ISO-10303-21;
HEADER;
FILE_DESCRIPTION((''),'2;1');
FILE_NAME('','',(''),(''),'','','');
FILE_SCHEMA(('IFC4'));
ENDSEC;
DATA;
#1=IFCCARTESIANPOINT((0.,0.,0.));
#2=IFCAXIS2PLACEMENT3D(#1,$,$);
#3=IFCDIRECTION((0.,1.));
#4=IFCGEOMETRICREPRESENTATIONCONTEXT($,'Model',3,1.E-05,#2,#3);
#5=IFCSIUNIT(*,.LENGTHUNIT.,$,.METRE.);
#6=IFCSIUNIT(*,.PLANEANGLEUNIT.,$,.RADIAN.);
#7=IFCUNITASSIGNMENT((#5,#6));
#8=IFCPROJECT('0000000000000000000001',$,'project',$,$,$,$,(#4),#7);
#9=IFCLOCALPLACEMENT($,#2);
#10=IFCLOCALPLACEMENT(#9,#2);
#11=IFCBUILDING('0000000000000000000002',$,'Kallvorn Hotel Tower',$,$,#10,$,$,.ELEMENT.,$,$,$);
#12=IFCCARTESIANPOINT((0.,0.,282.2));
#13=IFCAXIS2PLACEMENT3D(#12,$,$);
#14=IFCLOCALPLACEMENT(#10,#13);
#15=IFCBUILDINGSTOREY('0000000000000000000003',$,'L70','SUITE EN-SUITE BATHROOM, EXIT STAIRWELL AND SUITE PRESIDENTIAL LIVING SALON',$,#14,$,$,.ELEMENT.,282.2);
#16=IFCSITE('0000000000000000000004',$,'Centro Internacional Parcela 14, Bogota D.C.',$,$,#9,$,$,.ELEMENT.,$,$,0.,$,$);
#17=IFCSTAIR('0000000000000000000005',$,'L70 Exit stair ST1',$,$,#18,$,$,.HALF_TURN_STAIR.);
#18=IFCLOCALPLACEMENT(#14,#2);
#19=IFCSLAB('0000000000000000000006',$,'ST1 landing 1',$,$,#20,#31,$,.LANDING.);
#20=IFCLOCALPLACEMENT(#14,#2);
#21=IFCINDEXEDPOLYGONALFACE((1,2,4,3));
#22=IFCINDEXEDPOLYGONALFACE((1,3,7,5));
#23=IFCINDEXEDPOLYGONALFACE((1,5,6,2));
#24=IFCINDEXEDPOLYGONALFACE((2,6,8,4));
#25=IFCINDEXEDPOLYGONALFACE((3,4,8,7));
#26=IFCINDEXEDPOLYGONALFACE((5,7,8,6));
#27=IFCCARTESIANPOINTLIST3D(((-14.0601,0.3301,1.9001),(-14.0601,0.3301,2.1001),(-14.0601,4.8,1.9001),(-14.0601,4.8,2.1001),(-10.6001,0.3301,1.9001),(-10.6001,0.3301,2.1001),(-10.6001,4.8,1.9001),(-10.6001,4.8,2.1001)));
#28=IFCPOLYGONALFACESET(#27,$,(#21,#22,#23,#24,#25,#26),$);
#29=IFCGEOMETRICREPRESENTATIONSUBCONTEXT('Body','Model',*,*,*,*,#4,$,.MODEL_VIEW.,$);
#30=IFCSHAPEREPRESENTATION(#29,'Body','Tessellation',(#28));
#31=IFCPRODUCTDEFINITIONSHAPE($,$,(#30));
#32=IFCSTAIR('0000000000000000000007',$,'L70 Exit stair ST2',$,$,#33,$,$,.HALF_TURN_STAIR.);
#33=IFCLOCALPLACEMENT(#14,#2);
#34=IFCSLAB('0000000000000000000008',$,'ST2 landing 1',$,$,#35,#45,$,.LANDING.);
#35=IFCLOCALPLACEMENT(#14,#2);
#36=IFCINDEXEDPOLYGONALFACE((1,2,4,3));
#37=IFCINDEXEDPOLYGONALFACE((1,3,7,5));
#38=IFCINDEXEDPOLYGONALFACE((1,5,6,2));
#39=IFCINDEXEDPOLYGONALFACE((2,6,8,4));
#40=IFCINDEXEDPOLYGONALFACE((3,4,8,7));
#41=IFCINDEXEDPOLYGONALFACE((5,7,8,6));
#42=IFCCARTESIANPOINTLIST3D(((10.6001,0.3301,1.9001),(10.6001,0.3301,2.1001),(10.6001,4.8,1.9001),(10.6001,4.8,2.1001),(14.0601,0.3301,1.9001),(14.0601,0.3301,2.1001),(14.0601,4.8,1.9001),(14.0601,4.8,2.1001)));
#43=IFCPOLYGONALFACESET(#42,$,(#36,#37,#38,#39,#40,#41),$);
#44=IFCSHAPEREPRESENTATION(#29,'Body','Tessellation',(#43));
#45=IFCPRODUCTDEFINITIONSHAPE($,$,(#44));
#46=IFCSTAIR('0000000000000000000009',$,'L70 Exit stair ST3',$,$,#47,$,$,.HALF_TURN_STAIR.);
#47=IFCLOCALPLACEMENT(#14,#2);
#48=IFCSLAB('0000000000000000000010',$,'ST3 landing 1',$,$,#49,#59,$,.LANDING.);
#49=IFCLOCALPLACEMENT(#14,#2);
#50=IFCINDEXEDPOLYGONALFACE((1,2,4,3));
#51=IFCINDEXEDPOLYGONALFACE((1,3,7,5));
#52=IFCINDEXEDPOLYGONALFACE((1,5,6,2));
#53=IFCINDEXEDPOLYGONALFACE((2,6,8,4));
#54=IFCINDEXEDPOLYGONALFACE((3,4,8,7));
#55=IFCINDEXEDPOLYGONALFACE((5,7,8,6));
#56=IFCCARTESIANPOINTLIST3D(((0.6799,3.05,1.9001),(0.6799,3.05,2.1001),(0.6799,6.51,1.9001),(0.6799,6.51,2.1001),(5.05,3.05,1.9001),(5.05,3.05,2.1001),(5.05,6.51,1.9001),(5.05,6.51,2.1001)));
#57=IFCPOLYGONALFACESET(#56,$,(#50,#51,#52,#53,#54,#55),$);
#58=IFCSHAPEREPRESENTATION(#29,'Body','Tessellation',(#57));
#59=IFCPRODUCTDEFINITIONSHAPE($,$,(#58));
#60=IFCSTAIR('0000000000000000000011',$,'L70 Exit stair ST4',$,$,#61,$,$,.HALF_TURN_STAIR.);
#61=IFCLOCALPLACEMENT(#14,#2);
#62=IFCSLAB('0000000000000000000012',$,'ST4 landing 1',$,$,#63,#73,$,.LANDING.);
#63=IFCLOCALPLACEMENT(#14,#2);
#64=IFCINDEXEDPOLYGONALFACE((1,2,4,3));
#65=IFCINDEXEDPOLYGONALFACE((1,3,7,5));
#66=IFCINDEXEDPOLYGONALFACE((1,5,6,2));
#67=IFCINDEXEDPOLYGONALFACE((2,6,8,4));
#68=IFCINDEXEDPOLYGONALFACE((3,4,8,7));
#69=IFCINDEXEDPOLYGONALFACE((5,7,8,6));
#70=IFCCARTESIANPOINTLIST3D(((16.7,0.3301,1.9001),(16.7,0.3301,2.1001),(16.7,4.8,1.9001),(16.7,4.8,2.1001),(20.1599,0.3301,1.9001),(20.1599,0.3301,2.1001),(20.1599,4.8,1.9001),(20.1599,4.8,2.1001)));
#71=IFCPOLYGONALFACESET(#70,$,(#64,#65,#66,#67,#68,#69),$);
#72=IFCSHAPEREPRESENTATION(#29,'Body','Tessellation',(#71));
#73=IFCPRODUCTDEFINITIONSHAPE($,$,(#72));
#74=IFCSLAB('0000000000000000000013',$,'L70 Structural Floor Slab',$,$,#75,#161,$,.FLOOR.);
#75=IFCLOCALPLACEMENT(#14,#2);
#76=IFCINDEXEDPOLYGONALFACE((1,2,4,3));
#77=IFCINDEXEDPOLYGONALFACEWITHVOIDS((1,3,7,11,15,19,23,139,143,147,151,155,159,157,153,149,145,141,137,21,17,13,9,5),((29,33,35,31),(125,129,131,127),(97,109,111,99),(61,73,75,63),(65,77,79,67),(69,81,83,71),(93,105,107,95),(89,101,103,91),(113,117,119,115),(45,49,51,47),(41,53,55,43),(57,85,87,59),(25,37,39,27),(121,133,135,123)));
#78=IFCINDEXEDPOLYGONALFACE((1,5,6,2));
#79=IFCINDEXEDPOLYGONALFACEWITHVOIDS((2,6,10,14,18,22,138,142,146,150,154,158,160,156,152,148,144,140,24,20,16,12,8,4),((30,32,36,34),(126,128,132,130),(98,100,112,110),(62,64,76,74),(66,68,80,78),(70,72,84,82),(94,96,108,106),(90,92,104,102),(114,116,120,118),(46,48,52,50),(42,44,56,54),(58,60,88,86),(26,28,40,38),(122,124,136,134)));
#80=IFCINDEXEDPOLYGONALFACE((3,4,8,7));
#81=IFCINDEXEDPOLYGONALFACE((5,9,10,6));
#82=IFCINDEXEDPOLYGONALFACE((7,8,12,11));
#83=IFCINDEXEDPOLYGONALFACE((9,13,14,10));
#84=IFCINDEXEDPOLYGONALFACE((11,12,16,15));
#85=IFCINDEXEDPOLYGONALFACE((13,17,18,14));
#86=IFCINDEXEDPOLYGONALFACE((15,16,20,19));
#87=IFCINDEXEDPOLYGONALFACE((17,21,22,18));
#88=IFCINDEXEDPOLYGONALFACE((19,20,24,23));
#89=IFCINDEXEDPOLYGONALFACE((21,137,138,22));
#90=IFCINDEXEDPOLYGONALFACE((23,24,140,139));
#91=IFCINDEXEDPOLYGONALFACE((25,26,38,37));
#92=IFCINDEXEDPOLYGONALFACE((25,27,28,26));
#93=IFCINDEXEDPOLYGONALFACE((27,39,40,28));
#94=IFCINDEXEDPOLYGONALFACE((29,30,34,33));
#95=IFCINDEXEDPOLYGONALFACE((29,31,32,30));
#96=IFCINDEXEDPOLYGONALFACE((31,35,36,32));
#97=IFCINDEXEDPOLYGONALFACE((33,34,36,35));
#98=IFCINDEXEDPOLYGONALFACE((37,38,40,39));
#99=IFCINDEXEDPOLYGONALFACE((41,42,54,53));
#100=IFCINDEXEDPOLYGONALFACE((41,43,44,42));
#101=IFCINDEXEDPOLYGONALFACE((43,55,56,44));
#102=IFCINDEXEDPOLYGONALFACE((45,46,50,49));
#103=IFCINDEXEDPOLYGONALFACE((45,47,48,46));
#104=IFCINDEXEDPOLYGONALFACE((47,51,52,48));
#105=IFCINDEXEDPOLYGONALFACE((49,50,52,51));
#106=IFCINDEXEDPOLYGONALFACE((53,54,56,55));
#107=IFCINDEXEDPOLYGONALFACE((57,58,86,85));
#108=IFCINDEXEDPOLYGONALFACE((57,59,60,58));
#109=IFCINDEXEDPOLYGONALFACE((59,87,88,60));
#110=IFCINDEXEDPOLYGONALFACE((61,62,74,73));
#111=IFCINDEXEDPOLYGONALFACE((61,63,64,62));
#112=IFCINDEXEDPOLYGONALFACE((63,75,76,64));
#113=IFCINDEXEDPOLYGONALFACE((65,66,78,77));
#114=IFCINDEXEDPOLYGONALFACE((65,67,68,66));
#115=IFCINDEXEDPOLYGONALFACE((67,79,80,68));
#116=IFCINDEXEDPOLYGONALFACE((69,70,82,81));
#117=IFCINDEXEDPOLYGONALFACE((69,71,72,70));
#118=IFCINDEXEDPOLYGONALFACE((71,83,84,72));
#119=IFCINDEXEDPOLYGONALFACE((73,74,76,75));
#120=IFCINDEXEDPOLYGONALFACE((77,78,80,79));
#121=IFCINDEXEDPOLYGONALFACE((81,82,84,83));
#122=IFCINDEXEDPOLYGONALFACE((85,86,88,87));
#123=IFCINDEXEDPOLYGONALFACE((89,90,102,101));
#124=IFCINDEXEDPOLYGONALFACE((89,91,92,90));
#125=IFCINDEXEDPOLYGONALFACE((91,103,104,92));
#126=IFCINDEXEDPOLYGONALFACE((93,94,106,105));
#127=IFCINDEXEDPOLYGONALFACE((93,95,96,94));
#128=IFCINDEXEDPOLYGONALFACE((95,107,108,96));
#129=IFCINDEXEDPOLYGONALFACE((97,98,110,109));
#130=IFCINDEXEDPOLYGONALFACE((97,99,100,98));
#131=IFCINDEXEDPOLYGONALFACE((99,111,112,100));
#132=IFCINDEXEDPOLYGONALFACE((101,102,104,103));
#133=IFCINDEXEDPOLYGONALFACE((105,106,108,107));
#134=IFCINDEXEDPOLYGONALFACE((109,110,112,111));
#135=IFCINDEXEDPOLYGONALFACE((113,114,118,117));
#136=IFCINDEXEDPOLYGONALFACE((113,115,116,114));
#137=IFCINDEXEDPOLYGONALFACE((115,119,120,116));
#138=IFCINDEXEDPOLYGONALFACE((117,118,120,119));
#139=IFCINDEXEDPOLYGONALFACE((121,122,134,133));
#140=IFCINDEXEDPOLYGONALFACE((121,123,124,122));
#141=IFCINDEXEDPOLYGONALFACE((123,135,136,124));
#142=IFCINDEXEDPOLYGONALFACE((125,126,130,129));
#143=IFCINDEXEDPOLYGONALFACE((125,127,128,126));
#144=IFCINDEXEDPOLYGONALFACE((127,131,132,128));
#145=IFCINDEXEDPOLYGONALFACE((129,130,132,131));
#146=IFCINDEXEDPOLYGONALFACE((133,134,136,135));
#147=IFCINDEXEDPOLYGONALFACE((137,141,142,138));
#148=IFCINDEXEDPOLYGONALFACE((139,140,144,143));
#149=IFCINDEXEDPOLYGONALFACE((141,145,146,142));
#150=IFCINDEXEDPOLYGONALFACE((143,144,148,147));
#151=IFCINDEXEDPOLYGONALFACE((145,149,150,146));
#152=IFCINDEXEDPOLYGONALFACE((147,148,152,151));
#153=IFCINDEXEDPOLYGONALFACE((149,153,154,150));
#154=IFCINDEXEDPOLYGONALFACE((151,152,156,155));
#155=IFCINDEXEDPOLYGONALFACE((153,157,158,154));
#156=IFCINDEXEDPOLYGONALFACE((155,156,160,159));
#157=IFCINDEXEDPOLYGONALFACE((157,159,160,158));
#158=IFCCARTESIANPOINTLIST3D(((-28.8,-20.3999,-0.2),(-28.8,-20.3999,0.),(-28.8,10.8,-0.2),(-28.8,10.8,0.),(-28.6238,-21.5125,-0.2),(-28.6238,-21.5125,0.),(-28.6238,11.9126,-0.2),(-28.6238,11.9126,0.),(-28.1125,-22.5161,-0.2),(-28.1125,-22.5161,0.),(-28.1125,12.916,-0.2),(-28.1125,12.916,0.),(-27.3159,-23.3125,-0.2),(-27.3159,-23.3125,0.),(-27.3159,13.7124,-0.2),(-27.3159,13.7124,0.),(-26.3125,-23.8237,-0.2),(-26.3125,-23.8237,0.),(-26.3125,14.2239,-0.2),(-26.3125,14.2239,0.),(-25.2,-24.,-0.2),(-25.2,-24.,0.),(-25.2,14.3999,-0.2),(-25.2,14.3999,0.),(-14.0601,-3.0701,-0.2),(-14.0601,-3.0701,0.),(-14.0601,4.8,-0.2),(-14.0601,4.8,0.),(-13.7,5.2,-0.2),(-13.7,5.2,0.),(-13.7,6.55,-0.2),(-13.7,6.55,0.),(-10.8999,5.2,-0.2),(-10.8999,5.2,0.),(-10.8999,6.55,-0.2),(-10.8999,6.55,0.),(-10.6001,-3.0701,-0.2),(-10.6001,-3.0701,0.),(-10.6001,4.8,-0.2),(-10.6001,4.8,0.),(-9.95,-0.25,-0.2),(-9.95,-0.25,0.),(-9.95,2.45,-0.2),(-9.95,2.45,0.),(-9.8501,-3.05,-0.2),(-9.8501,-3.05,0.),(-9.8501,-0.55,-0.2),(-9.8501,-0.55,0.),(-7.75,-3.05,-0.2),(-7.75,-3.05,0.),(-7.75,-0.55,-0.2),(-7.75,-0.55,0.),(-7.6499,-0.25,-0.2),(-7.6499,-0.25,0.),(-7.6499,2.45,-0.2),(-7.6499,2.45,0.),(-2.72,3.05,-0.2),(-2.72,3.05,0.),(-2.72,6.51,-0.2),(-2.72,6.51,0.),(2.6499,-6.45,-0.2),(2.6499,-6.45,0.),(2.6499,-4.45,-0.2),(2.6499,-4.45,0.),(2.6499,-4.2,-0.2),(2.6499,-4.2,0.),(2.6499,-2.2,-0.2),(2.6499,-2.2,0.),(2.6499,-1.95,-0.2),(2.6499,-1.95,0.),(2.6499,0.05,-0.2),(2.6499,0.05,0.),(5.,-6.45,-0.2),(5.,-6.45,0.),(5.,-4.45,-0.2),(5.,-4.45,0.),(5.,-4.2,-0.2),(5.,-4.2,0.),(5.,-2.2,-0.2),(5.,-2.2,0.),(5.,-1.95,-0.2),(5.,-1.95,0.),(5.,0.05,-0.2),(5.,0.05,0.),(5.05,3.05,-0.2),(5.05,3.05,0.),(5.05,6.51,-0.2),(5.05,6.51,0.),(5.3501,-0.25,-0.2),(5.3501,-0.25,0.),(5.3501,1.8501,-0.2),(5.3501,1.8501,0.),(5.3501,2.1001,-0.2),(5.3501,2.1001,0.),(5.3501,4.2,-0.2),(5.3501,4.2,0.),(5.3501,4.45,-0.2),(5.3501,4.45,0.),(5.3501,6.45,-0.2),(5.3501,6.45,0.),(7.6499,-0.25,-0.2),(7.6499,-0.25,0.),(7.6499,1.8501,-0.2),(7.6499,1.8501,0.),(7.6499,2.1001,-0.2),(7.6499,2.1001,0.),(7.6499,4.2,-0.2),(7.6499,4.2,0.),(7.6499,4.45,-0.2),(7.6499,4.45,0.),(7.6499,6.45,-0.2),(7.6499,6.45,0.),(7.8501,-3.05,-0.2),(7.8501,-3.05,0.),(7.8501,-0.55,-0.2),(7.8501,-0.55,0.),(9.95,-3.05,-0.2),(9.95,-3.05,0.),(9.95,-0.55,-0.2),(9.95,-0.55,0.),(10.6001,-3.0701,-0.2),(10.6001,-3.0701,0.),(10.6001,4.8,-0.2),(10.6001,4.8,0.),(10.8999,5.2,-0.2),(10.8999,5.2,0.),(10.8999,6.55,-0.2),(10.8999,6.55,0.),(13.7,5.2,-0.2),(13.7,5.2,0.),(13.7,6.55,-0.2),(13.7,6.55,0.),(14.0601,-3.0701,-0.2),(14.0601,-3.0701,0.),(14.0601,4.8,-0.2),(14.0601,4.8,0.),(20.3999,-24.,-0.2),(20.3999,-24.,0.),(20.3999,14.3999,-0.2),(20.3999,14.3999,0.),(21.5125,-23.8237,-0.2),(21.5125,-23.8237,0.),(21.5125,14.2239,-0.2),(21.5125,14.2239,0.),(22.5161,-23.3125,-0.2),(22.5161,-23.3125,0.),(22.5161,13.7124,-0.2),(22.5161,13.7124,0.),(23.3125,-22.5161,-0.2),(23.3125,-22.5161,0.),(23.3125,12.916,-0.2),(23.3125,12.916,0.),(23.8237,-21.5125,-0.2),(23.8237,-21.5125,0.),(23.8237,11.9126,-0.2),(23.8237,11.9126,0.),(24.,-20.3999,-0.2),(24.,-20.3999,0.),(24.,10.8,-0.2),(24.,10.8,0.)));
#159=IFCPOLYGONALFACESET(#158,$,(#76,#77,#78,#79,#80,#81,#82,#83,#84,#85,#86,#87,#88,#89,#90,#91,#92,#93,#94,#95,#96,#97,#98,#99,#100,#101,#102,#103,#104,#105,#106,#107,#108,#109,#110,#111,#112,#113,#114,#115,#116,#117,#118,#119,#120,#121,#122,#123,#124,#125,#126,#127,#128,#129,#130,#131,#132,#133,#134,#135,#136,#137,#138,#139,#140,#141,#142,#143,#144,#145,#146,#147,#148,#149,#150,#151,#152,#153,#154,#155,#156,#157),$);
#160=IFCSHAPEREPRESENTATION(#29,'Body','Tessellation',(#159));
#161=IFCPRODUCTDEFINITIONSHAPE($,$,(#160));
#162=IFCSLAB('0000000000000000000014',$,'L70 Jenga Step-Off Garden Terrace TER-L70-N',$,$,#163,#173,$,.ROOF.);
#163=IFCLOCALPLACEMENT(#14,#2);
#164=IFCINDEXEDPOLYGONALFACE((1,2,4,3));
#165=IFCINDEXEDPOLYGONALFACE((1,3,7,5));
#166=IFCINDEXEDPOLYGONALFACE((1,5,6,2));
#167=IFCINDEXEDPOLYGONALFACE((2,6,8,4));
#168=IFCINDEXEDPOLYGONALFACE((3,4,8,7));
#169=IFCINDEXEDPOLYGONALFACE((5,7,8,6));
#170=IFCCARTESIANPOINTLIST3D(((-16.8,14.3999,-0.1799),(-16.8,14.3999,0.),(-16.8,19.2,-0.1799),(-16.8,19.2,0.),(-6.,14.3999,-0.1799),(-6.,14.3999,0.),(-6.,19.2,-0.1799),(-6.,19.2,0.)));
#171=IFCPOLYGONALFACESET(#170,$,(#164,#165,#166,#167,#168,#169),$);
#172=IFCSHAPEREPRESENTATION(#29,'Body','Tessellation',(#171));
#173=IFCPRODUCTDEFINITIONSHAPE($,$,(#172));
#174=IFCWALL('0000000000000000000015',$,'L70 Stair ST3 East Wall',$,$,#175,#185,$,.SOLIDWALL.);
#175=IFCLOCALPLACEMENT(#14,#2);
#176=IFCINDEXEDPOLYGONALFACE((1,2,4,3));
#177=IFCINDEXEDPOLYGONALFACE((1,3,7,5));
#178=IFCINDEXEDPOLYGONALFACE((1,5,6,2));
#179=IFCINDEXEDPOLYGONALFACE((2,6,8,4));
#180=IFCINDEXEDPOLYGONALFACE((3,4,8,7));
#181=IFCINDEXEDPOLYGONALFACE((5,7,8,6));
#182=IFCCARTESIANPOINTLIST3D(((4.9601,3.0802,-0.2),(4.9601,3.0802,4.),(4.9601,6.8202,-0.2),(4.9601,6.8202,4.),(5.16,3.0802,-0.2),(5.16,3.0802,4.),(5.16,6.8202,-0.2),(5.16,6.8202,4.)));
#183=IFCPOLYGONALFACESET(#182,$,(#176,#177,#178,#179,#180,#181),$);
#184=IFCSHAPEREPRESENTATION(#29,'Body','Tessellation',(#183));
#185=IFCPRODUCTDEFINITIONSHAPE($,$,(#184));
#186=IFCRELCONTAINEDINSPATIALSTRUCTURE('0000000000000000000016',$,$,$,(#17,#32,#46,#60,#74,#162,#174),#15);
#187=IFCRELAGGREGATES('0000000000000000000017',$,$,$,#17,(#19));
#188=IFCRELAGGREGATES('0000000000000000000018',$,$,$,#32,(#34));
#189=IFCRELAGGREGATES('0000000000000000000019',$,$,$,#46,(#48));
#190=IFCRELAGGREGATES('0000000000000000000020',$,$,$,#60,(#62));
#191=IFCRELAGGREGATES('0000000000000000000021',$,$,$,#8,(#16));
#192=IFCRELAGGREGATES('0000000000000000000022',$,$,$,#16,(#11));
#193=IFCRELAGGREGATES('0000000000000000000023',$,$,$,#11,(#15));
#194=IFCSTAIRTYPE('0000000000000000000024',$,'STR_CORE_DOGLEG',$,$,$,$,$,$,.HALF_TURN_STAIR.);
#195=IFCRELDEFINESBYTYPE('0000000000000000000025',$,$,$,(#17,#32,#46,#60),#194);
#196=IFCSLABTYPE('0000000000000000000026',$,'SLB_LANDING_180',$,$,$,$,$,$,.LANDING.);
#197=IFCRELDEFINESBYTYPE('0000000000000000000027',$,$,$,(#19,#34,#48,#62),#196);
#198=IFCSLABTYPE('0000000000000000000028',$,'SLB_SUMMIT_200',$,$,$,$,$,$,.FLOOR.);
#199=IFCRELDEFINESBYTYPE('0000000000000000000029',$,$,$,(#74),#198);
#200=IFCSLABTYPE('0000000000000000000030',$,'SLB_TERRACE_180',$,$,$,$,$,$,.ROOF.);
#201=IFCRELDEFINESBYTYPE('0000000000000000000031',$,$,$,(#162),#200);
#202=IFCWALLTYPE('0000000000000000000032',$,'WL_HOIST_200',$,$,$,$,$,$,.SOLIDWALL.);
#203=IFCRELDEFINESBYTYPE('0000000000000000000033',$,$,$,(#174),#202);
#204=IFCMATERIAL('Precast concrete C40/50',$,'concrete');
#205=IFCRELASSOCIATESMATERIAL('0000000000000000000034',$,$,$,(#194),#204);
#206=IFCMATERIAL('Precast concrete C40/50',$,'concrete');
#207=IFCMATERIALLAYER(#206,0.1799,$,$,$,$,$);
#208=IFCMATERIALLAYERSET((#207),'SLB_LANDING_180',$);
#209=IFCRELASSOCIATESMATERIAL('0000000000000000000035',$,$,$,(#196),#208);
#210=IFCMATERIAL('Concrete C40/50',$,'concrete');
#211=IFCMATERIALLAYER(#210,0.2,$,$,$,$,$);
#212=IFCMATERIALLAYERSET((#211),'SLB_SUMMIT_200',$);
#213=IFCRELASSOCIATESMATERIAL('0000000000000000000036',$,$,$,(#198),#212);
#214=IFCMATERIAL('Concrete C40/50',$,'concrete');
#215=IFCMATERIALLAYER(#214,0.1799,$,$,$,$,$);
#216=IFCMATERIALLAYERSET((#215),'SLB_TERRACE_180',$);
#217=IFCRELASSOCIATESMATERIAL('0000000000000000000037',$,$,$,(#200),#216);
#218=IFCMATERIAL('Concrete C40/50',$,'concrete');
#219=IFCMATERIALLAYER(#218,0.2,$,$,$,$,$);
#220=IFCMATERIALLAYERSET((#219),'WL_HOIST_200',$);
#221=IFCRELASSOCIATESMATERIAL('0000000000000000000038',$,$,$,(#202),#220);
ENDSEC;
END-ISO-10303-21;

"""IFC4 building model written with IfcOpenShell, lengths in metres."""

from ifc_helpers import new_model, si_unit, direction, frame, frame_2d, origin, place, context, subcontext, project, spatial, polyline, rectangle, outline, extrude, material, layer, layer_set, type_object, element, aggregate, save


model = new_model("IFC4")

# Units and contexts
model_context = context("Model", 3, precision=1e-05, world=origin(), true_north=direction((0.0, 1.0)))
body_context = subcontext(model_context, "Body", "Model", "MODEL_VIEW")
ifc_project = project(units=[si_unit("LENGTHUNIT", "METRE"), si_unit("PLANEANGLEUNIT", "RADIAN")], contexts=[model_context])

# Site, building, storey
site_placement = place(None, origin())
site = spatial("IfcSite", under=ifc_project, at=site_placement, Name="Centro Internacional Parcela 14, Bogota D.C.", CompositionType="ELEMENT", RefElevation=0.0)
building_placement = place(site_placement, origin())
building = spatial("IfcBuilding", under=site, at=building_placement, Name="Kallvorn Hotel Tower", CompositionType="ELEMENT")
storey_placement = place(building_placement, frame((0.0, 0.0, 282.2)))
storey = spatial("IfcBuildingStorey", under=building, at=storey_placement, Name="L70", Description="SUITE EN-SUITE BATHROOM, EXIT STAIRWELL AND SUITE PRESIDENTIAL LIVING SALON", CompositionType="ELEMENT", Elevation=282.2)

# Stairs, slabs
ifc_material_1 = material(Name="Precast concrete C40/50", Category="concrete")
stair_type = type_object("IfcStairType", Name="STR_CORE_DOGLEG", PredefinedType="HALF_TURN_STAIR", material=ifc_material_1)
stair_1_placement = place(storey_placement, origin())
stair_1 = element("IfcStair", 1, at=stair_1_placement, inside=storey, type_object=stair_type, Name="L70 Exit stair ST1", PredefinedType="HALF_TURN_STAIR")
ifc_material_2 = material(Name="Precast concrete C40/50", Category="concrete")
ifc_layer_1 = layer(ifc_material_2, 0.1799)
ifc_layer_set_1 = layer_set([ifc_layer_1], Name="SLB_LANDING_180")
slab_type_1 = type_object("IfcSlabType", Name="SLB_LANDING_180", PredefinedType="LANDING", material=ifc_layer_set_1)
slab_1_placement = place(storey_placement, frame((0.0, 0.0, 1.9001)))
slab_1 = element("IfcSlab", 2, at=slab_1_placement, type_object=slab_type_1, Name="ST1 landing 1", PredefinedType="LANDING", context=body_context, shape_type="SweptSolid", body=[
    extrude(outline(polyline([(-10.6001, 0.3301), (-10.6001, 4.8), (-14.0601, 4.8), (-14.0601, 0.3301), (-10.6001, 0.3301)])), origin(), (0.0, 0.0, 1.0), 0.2),
])
aggregate(stair_1, [slab_1])
stair_2_placement = place(storey_placement, origin())
stair_2 = element("IfcStair", 3, at=stair_2_placement, inside=storey, type_object=stair_type, Name="L70 Exit stair ST2", PredefinedType="HALF_TURN_STAIR")
slab_2_placement = place(storey_placement, frame((0.0, 0.0, 1.9001)))
slab_2 = element("IfcSlab", 4, at=slab_2_placement, type_object=slab_type_1, Name="ST2 landing 1", PredefinedType="LANDING", context=body_context, shape_type="SweptSolid", body=[
    extrude(outline(polyline([(14.0601, 0.3301), (14.0601, 4.8), (10.6001, 4.8), (10.6001, 0.3301), (14.0601, 0.3301)])), origin(), (0.0, 0.0, 1.0), 0.2),
])
aggregate(stair_2, [slab_2])
stair_3_placement = place(storey_placement, origin())
stair_3 = element("IfcStair", 5, at=stair_3_placement, inside=storey, type_object=stair_type, Name="L70 Exit stair ST3", PredefinedType="HALF_TURN_STAIR")
slab_3_placement = place(storey_placement, frame((0.0, 0.0, 1.9001)))
slab_3 = element("IfcSlab", 6, at=slab_3_placement, type_object=slab_type_1, Name="ST3 landing 1", PredefinedType="LANDING", context=body_context, shape_type="SweptSolid", body=[
    extrude(outline(polyline([(0.6799, 3.05), (5.05, 3.05), (5.05, 6.51), (0.6799, 6.51), (0.6799, 3.05)])), origin(), (0.0, 0.0, 1.0), 0.2),
])
aggregate(stair_3, [slab_3])
stair_4_placement = place(storey_placement, origin())
stair_4 = element("IfcStair", 7, at=stair_4_placement, inside=storey, type_object=stair_type, Name="L70 Exit stair ST4", PredefinedType="HALF_TURN_STAIR")
slab_4_placement = place(storey_placement, frame((0.0, 0.0, 1.9001)))
slab_4 = element("IfcSlab", 8, at=slab_4_placement, type_object=slab_type_1, Name="ST4 landing 1", PredefinedType="LANDING", context=body_context, shape_type="SweptSolid", body=[
    extrude(outline(polyline([(20.1599, 0.3301), (20.1599, 4.8), (16.7, 4.8), (16.7, 0.3301), (20.1599, 0.3301)])), origin(), (0.0, 0.0, 1.0), 0.2),
])
aggregate(stair_4, [slab_4])

# Slabs
ifc_material_3 = material(Name="Concrete C40/50", Category="concrete")
ifc_layer_2 = layer(ifc_material_3, 0.2)
ifc_layer_set_2 = layer_set([ifc_layer_2], Name="SLB_SUMMIT_200")
slab_type_2 = type_object("IfcSlabType", Name="SLB_SUMMIT_200", PredefinedType="FLOOR", material=ifc_layer_set_2)
slab_5_placement = place(storey_placement, frame((0.0, 0.0, -0.2)))
element("IfcSlab", 9, at=slab_5_placement, inside=storey, type_object=slab_type_2, Name="L70 Structural Floor Slab", PredefinedType="FLOOR", context=body_context, shape_type="SweptSolid", body=[
    extrude(outline(polyline([(20.3999, -24.0), (21.5125, -23.8237), (22.5161, -23.3125), (23.3125, -22.5161), (23.8237, -21.5125), (24.0, -20.3999), (24.0, 10.8), (23.8237, 11.9126), (23.3125, 12.916), (22.5161, 13.7124), (21.5125, 14.2239), (20.3999, 14.3999), (-25.2, 14.3999), (-26.3125, 14.2239), (-27.3159, 13.7124), (-28.1125, 12.916), (-28.6238, 11.9126), (-28.8, 10.8), (-28.8, -20.3999), (-28.6238, -21.5125), (-28.1125, -22.5161), (-27.3159, -23.3125), (-26.3125, -23.8237), (-25.2, -24.0), (20.3999, -24.0)]), holes=[polyline([(-10.6001, -3.0701), (-10.6001, 4.8), (-14.0601, 4.8), (-14.0601, -3.0701), (-10.6001, -3.0701)]), polyline([(14.0601, -3.0701), (14.0601, 4.8), (10.6001, 4.8), (10.6001, -3.0701), (14.0601, -3.0701)]), polyline([(-2.72, 3.05), (5.05, 3.05), (5.05, 6.51), (-2.72, 6.51), (-2.72, 3.05)]), polyline([(2.6499, -6.45), (5.0, -6.45), (5.0, -4.45), (2.6499, -4.45), (2.6499, -6.45)]), polyline([(2.6499, -4.2), (5.0, -4.2), (5.0, -2.2), (2.6499, -2.2), (2.6499, -4.2)]), polyline([(2.6499, -1.95), (5.0, -1.95), (5.0, 0.05), (2.6499, 0.05), (2.6499, -1.95)]), polyline([(5.3501, -0.25), (7.6499, -0.25), (7.6499, 1.8501), (5.3501, 1.8501), (5.3501, -0.25)]), polyline([(5.3501, 2.1001), (7.6499, 2.1001), (7.6499, 4.2), (5.3501, 4.2), (5.3501, 2.1001)]), polyline([(5.3501, 4.45), (7.6499, 4.45), (7.6499, 6.45), (5.3501, 6.45), (5.3501, 4.45)]), polyline([(-9.8501, -3.05), (-7.75, -3.05), (-7.75, -0.55), (-9.8501, -0.55), (-9.8501, -3.05)]), polyline([(7.8501, -3.05), (9.95, -3.05), (9.95, -0.55), (7.8501, -0.55), (7.8501, -3.05)]), polyline([(-9.95, -0.25), (-7.6499, -0.25), (-7.6499, 2.45), (-9.95, 2.45), (-9.95, -0.25)]), polyline([(-13.7, 5.2), (-10.8999, 5.2), (-10.8999, 6.55), (-13.7, 6.55), (-13.7, 5.2)]), polyline([(10.8999, 5.2), (13.7, 5.2), (13.7, 6.55), (10.8999, 6.55), (10.8999, 5.2)])]), origin(), (0.0, 0.0, 1.0), 0.2),
])
ifc_material_4 = material(Name="Concrete C40/50", Category="concrete")
ifc_layer_3 = layer(ifc_material_4, 0.1799)
ifc_layer_set_3 = layer_set([ifc_layer_3], Name="SLB_TERRACE_180")
slab_type_3 = type_object("IfcSlabType", Name="SLB_TERRACE_180", PredefinedType="ROOF", material=ifc_layer_set_3)
slab_6_placement = place(storey_placement, frame((0.0, 0.0, -0.1799)))
element("IfcSlab", 10, at=slab_6_placement, inside=storey, type_object=slab_type_3, Name="L70 Jenga Step-Off Garden Terrace TER-L70-N", PredefinedType="ROOF", context=body_context, shape_type="SweptSolid", body=[
    extrude(outline(polyline([(-16.8, 14.3999), (-6.0, 14.3999), (-6.0, 19.2), (-16.8, 19.2), (-16.8, 14.3999)])), origin(), (0.0, 0.0, 1.0), 0.1799),
])

# Wall
ifc_material_5 = material(Name="Concrete C40/50", Category="concrete")
ifc_layer_4 = layer(ifc_material_5, 0.2)
ifc_layer_set_4 = layer_set([ifc_layer_4], Name="WL_HOIST_200")
wall_type_1 = type_object("IfcWallType", Name="WL_HOIST_200", PredefinedType="SOLIDWALL", material=ifc_layer_set_4)
wall_1_placement = place(storey_placement, frame((5.0601, 3.0801, -0.2), z_axis=(0.0, 0.0, 1.0), x_axis=(0.0, 1.0, 0.0)))
element("IfcWall", 11, at=wall_1_placement, inside=storey, type_object=wall_type_1, Name="L70 Stair ST3 East Wall", PredefinedType="SOLIDWALL", context=body_context, shape_type="SweptSolid", body=[
    extrude(rectangle(XDim=3.74, YDim=0.2, at=frame_2d((1.8701, 0.0))), origin(), (0.0, 0.0, 1.0), 4.2),
])

save(model, "model.ifc")
